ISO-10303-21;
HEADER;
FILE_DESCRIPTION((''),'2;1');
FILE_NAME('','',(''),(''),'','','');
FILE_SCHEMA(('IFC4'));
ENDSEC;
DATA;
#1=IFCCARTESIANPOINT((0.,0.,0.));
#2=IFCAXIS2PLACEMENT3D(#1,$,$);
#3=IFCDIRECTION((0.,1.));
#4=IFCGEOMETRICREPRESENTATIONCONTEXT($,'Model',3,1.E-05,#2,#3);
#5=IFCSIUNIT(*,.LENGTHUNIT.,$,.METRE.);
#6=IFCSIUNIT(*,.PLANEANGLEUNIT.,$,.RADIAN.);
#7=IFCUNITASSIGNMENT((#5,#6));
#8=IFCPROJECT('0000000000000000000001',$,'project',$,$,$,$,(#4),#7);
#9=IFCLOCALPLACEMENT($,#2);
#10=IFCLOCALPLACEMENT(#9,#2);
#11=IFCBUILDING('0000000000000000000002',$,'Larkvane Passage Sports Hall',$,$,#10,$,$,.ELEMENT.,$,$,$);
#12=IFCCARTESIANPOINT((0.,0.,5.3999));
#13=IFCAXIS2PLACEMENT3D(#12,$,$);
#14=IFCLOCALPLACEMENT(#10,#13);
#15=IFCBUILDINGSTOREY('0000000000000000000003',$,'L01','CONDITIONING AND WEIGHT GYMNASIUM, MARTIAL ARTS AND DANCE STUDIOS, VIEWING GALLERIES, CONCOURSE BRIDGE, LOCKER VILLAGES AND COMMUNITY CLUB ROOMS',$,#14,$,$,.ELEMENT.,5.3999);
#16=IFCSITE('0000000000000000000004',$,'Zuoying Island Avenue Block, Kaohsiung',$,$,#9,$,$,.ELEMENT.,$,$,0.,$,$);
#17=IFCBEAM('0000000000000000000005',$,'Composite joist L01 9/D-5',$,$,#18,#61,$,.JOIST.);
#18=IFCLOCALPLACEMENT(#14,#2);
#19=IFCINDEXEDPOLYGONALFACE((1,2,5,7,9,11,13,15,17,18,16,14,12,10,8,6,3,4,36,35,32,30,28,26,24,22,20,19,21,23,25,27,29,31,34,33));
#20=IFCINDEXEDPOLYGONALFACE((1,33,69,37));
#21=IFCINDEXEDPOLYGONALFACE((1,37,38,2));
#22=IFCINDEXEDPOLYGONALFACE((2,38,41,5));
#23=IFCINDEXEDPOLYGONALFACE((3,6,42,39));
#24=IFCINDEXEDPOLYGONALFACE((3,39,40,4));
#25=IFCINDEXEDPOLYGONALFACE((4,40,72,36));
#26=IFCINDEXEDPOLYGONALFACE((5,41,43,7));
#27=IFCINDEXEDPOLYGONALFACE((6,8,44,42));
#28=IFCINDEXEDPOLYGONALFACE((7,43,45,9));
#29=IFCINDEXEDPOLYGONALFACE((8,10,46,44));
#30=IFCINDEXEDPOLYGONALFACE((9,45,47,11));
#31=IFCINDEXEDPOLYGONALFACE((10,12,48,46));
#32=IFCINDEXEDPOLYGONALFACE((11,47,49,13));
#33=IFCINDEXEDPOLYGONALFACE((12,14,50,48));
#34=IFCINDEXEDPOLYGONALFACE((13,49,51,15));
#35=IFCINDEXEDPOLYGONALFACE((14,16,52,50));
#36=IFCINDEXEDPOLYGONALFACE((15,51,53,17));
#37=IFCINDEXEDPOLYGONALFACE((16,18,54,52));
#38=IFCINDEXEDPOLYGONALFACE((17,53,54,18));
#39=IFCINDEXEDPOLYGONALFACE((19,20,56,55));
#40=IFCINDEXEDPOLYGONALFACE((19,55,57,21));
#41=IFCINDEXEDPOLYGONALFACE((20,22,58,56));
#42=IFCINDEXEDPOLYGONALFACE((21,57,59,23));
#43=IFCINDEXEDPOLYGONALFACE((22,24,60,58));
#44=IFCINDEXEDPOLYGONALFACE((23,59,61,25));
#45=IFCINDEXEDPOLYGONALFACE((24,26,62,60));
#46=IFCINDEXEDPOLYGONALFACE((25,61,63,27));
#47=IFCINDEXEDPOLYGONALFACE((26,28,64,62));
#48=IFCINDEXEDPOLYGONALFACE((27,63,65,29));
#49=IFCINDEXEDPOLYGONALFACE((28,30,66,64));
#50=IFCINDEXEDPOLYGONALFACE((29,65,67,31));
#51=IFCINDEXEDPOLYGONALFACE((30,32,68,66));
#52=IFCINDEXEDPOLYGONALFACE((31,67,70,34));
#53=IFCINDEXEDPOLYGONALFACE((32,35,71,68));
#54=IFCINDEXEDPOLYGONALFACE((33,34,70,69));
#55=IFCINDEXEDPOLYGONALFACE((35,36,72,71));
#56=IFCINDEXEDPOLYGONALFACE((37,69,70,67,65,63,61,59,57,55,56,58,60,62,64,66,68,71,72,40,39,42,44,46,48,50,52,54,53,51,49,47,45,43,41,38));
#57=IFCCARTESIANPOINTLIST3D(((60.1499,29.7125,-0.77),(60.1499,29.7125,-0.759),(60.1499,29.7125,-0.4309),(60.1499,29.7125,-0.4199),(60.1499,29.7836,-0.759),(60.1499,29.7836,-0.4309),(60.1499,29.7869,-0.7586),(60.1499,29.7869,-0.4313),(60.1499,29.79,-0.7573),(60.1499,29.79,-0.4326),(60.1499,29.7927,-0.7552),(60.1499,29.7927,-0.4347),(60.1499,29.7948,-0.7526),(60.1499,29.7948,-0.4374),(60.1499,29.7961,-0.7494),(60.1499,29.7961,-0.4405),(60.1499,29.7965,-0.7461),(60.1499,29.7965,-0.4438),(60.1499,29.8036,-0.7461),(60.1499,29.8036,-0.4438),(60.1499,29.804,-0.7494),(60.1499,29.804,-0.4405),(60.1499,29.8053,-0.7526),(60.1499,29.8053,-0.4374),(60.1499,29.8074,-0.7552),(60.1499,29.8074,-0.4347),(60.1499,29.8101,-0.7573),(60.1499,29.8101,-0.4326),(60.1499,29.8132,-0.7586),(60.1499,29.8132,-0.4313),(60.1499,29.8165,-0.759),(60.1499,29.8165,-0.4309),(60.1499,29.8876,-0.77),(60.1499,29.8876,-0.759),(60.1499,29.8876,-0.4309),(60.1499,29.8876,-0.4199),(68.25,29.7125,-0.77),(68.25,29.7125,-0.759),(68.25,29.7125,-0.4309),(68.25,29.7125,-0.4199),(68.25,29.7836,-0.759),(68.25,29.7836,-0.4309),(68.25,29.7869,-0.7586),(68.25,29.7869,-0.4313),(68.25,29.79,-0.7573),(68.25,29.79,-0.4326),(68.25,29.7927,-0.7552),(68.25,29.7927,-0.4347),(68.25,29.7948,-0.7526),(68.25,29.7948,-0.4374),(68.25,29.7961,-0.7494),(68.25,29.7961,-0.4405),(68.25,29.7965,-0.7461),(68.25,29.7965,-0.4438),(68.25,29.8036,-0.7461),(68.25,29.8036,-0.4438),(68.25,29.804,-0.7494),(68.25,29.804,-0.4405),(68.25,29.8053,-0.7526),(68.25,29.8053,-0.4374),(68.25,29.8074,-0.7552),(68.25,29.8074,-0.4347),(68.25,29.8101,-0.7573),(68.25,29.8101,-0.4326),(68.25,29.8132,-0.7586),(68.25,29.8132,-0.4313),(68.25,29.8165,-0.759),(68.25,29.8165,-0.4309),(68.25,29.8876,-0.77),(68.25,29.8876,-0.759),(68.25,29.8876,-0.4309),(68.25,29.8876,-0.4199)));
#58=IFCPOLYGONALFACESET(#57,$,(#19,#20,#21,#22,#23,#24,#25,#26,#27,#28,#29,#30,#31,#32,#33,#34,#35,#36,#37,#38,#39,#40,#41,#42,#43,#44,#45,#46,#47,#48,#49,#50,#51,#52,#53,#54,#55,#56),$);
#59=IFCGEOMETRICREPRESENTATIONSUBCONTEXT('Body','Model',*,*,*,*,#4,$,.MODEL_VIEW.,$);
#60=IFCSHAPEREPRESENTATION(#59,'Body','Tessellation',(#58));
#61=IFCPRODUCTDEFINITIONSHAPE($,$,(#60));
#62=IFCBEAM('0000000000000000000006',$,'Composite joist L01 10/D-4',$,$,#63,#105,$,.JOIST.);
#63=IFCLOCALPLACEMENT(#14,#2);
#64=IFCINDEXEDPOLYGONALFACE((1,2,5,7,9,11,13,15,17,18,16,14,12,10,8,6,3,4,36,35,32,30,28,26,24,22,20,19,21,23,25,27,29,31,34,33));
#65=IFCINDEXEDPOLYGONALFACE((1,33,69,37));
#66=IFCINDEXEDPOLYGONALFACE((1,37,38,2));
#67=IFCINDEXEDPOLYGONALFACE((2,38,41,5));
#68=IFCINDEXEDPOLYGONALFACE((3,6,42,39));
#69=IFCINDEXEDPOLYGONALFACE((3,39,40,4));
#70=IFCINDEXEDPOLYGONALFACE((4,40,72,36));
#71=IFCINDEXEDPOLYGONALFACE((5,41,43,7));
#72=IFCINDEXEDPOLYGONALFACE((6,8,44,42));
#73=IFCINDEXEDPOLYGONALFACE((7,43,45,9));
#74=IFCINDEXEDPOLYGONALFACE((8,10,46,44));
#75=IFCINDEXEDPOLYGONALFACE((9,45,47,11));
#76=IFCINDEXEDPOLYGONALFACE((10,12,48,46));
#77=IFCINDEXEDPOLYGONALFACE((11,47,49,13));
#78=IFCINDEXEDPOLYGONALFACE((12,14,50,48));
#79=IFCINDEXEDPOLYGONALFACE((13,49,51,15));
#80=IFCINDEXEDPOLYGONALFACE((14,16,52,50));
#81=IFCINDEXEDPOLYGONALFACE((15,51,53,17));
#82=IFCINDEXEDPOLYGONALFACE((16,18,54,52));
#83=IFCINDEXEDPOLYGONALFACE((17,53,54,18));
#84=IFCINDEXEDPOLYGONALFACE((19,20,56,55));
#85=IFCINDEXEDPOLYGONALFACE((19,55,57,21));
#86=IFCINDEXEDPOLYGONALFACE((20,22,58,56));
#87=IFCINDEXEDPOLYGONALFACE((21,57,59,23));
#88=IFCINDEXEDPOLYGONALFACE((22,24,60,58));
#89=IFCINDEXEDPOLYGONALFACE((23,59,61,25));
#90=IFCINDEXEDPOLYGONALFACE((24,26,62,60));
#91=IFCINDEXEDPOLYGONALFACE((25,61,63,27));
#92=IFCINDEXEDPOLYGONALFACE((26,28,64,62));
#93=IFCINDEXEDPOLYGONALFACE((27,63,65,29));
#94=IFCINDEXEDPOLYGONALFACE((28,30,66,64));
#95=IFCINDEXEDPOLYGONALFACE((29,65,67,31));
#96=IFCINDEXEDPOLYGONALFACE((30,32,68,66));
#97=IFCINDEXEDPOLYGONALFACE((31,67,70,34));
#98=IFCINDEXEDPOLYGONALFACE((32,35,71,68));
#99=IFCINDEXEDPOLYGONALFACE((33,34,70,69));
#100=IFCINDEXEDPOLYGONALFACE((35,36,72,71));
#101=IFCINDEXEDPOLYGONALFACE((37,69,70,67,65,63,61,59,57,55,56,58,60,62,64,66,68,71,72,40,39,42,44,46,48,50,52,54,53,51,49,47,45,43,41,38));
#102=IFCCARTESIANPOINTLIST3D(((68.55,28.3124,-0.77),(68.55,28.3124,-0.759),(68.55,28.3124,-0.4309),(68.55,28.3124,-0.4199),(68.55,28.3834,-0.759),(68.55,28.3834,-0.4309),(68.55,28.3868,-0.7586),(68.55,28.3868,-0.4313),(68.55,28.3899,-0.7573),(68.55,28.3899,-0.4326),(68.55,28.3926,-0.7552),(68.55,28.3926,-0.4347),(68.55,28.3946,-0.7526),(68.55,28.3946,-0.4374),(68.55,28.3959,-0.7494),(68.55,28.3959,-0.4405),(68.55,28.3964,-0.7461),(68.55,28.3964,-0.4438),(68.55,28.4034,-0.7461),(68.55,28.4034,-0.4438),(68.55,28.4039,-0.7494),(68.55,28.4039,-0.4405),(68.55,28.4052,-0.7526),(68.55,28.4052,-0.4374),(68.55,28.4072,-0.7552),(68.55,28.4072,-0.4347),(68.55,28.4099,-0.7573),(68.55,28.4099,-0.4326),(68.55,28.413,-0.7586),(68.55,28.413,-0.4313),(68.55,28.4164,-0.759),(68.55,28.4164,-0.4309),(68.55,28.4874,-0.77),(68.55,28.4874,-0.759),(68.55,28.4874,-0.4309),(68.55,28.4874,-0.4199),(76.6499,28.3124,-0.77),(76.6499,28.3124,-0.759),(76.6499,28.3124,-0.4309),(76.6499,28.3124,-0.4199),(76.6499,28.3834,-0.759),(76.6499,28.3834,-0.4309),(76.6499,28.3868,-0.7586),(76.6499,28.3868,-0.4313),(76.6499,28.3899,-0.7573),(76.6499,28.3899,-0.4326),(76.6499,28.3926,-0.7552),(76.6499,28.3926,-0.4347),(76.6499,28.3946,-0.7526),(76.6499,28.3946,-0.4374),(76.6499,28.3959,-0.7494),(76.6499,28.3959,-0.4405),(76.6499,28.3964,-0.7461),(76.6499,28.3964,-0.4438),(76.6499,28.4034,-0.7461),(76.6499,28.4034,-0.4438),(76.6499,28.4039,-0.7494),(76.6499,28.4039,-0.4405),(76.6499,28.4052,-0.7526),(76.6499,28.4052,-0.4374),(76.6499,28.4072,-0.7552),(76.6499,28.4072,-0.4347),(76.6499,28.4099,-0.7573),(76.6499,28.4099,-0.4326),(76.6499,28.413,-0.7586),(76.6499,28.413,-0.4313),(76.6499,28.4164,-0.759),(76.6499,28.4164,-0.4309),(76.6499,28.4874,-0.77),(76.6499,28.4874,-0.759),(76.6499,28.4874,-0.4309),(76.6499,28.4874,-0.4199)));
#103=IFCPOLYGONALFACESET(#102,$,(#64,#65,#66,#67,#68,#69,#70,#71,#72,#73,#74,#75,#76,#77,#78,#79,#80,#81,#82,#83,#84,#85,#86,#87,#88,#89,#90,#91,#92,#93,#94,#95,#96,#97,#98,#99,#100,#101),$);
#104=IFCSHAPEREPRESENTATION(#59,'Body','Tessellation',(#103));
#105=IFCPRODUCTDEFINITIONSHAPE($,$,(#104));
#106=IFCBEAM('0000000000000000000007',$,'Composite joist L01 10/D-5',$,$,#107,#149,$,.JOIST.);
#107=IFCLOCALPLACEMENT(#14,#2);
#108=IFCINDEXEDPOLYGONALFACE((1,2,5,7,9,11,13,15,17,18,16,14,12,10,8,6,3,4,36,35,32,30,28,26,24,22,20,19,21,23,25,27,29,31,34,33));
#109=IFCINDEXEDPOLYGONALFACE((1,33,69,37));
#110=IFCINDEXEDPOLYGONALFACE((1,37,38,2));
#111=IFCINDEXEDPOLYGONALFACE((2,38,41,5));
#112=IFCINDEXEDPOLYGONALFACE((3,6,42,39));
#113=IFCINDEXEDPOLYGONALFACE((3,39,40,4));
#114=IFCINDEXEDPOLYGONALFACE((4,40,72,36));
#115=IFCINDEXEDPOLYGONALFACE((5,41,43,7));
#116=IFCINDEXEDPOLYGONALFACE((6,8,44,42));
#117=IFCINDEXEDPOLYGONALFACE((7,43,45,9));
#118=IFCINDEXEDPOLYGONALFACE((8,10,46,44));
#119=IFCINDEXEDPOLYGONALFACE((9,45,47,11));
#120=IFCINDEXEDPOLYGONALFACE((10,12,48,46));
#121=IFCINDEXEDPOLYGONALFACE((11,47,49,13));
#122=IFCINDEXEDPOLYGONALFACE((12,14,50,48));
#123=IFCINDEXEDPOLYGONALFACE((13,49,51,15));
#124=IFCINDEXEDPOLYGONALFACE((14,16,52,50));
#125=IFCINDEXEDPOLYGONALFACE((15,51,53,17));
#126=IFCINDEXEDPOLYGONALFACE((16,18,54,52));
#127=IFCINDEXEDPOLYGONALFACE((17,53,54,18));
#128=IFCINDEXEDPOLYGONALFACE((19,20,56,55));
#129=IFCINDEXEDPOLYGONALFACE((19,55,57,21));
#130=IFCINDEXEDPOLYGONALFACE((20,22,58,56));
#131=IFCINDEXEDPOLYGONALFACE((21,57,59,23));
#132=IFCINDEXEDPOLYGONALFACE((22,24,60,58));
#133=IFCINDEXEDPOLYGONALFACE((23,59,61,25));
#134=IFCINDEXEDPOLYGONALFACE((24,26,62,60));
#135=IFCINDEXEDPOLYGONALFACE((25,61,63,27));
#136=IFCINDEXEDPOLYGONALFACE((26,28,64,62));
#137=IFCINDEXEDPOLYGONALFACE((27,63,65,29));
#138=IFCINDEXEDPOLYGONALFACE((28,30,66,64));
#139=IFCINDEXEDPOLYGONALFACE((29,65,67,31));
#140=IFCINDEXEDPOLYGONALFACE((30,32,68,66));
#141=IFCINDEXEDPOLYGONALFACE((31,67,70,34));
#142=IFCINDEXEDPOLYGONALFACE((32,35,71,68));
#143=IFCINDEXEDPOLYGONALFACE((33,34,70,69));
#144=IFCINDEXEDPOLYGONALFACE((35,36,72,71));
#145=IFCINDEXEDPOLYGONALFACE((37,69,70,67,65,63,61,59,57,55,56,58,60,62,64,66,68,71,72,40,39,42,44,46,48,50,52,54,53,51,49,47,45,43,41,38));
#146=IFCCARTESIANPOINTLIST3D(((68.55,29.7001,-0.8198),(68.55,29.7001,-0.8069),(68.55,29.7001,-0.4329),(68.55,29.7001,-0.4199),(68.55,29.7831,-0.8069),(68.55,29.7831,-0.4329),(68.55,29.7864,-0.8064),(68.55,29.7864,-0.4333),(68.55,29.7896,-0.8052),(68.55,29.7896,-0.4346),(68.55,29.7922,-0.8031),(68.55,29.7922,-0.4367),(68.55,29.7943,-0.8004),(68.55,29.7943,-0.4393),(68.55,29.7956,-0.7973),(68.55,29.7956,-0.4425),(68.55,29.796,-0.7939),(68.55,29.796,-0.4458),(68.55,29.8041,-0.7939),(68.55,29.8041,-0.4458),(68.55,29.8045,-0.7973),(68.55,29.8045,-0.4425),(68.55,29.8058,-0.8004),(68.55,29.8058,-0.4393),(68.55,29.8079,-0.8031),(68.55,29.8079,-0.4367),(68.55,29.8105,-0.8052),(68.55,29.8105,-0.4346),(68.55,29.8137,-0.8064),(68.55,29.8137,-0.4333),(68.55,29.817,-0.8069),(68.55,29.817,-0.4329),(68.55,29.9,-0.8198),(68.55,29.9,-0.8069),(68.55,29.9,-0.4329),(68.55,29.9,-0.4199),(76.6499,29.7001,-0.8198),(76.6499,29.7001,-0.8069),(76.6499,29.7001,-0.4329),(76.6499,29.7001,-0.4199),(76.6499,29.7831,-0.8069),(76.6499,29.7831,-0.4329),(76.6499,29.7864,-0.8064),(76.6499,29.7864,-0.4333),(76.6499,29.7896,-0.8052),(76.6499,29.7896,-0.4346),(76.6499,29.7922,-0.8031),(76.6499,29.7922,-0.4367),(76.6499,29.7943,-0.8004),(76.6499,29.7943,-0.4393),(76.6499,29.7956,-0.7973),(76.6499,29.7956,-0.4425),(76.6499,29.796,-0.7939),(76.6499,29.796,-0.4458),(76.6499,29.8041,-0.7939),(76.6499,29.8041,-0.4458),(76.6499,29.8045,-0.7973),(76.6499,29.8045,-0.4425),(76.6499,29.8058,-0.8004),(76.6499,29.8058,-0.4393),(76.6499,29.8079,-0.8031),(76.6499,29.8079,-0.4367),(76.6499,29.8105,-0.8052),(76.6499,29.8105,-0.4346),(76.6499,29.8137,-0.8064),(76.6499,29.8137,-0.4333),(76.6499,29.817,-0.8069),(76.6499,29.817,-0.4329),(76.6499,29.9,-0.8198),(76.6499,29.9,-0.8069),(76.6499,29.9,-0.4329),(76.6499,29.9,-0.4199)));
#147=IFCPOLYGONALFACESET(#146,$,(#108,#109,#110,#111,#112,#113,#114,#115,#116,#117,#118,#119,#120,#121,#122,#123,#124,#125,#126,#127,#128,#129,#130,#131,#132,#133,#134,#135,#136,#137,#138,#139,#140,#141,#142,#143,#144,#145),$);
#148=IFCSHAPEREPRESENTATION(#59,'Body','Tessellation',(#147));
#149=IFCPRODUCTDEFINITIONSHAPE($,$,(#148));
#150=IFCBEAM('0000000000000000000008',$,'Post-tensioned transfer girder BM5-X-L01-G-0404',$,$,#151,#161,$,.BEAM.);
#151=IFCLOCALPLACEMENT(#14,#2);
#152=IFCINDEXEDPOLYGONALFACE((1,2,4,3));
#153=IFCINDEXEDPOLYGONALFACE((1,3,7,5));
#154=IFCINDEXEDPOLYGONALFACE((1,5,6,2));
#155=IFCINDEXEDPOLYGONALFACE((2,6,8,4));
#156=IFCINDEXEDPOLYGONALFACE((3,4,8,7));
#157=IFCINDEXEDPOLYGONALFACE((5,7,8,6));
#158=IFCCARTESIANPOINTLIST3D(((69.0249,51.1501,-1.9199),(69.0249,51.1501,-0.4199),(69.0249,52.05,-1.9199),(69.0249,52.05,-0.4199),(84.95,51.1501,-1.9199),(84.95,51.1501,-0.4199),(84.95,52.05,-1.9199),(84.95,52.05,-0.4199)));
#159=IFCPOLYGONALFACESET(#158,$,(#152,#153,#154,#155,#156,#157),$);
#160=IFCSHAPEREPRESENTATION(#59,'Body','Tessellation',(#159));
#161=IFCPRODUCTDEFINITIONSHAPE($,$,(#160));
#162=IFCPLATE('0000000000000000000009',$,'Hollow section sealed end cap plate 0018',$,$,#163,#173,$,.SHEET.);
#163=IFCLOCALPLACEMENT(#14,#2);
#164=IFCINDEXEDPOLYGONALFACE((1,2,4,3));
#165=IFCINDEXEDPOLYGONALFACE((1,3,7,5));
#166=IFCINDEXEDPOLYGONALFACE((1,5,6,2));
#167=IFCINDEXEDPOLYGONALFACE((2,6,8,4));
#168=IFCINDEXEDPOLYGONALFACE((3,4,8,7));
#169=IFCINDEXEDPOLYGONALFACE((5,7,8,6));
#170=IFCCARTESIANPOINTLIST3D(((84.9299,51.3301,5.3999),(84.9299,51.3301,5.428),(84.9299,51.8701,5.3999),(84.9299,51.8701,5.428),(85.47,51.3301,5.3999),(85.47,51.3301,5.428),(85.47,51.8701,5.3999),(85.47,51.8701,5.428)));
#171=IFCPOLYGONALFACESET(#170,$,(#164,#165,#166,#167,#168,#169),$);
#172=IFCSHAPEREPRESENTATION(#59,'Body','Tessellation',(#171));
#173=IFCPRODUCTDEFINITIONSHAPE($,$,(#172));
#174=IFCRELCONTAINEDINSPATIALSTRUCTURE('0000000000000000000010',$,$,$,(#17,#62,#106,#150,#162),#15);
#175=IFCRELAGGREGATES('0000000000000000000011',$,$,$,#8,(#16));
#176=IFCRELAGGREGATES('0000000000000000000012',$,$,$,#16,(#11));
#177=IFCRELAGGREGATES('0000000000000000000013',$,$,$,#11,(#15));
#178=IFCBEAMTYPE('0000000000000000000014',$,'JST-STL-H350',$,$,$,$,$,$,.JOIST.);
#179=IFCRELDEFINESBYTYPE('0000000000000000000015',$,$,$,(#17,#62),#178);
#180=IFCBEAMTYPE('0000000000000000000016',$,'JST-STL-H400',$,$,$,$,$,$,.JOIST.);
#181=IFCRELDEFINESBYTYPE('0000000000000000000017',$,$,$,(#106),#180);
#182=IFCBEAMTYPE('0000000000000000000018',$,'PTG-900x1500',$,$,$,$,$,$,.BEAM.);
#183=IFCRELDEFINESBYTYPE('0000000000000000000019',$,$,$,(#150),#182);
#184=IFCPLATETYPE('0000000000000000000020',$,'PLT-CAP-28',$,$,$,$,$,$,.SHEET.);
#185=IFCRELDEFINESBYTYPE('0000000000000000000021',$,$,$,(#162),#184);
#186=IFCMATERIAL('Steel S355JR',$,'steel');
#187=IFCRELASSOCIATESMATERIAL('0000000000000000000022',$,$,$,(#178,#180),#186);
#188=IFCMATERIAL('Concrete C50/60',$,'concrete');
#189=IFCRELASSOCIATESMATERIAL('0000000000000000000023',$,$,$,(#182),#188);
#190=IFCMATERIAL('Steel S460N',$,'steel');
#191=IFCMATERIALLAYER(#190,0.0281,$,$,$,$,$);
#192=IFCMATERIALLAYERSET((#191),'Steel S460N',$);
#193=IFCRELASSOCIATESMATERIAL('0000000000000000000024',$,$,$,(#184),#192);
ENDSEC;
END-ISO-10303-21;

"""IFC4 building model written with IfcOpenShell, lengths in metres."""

from ifc_helpers import new_model, si_unit, direction, frame, origin, origin_2d, place, context, subcontext, project, spatial, rectangle, i_section, extrude, material, layer, layer_set, material_profile, profile_set, type_object, element, save


model = new_model("IFC4")

# Units and contexts
model_context = context("Model", 3, precision=1e-05, world=origin(), true_north=direction((0.0, 1.0)))
body_context = subcontext(model_context, "Body", "Model", "MODEL_VIEW")
ifc_project = project(units=[si_unit("LENGTHUNIT", "METRE"), si_unit("PLANEANGLEUNIT", "RADIAN")], contexts=[model_context])

# Site, building, storey
site_placement = place(None, origin())
site = spatial("IfcSite", under=ifc_project, at=site_placement, Name="Zuoying Island Avenue Block, Kaohsiung", CompositionType="ELEMENT", RefElevation=0.0)
building_placement = place(site_placement, origin())
building = spatial("IfcBuilding", under=site, at=building_placement, Name="Larkvane Passage Sports Hall", CompositionType="ELEMENT")
storey_placement = place(building_placement, frame((0.0, 0.0, 5.3999)))
storey = spatial("IfcBuildingStorey", under=building, at=storey_placement, Name="L01", Description="CONDITIONING AND WEIGHT GYMNASIUM, MARTIAL ARTS AND DANCE STUDIOS, VIEWING GALLERIES, CONCOURSE BRIDGE, LOCKER VILLAGES AND COMMUNITY CLUB ROOMS", CompositionType="ELEMENT", Elevation=5.3999)

# Shared definitions
ifc_material_1 = material(Name="Concrete C50/60", Category="concrete")
ifc_material_2 = material(Name="Steel S355JR", Category="steel")
ifc_material_3 = material(Name="Steel S460N", Category="steel")

# Beams
ifc_material_profile_1 = material_profile(ifc_material_2, i_section(OverallWidth=0.175, OverallDepth=0.3501, WebThickness=0.0071, FlangeThickness=0.011, FilletRadius=0.0129, at=origin_2d()), Name="H-350x175x7x11")
ifc_profile_set_1 = profile_set([ifc_material_profile_1], Name="Steel S355JR")
beam_type_1 = type_object("IfcBeamType", Name="JST-STL-H350", PredefinedType="JOIST", material=ifc_profile_set_1)
beam_1_placement = place(storey_placement, frame((60.1499, 29.8, -0.595), z_axis=(1.0, 0.0, 0.0), x_axis=(0.0, 1.0, 0.0)))
element("IfcBeam", 1, at=beam_1_placement, inside=storey, type_object=beam_type_1, Name="Composite joist L01 9/D-5", PredefinedType="JOIST", context=body_context, shape_type="SweptSolid", body=[
    extrude(i_section(OverallWidth=0.175, OverallDepth=0.3501, WebThickness=0.0071, FlangeThickness=0.011, FilletRadius=0.0129, at=origin_2d()), origin(), (0.0, 0.0, 1.0), 8.1001),
])
beam_2_placement = place(storey_placement, frame((68.55, 28.3999, -0.595), z_axis=(1.0, 0.0, 0.0), x_axis=(0.0, 1.0, 0.0)))
element("IfcBeam", 2, at=beam_2_placement, inside=storey, type_object=beam_type_1, Name="Composite joist L01 10/D-4", PredefinedType="JOIST", context=body_context, shape_type="SweptSolid", body=[
    extrude(i_section(OverallWidth=0.175, OverallDepth=0.3501, WebThickness=0.0071, FlangeThickness=0.011, FilletRadius=0.0129, at=origin_2d()), origin(), (0.0, 0.0, 1.0), 8.0999),
])
ifc_material_profile_2 = material_profile(ifc_material_2, i_section(OverallWidth=0.2, OverallDepth=0.3999, WebThickness=0.0081, FlangeThickness=0.0129, FilletRadius=0.0129, at=origin_2d()), Name="H-400x200x8x13")
ifc_profile_set_2 = profile_set([ifc_material_profile_2], Name="Steel S355JR")
beam_type_2 = type_object("IfcBeamType", Name="JST-STL-H400", PredefinedType="JOIST", material=ifc_profile_set_2)
beam_3_placement = place(storey_placement, frame((68.55, 29.8, -0.6199), z_axis=(1.0, 0.0, 0.0), x_axis=(0.0, 1.0, 0.0)))
element("IfcBeam", 3, at=beam_3_placement, inside=storey, type_object=beam_type_2, Name="Composite joist L01 10/D-5", PredefinedType="JOIST", context=body_context, shape_type="SweptSolid", body=[
    extrude(i_section(OverallWidth=0.2, OverallDepth=0.3999, WebThickness=0.0081, FlangeThickness=0.0129, FilletRadius=0.0129, at=origin_2d()), origin(), (0.0, 0.0, 1.0), 8.0999),
])
ifc_material_profile_3 = material_profile(ifc_material_1, rectangle(XDim=0.8999, YDim=1.5, at=origin_2d()), Name="PT-GIR-900x1500")
ifc_profile_set_3 = profile_set([ifc_material_profile_3], Name="Concrete C50/60")
beam_type_3 = type_object("IfcBeamType", Name="PTG-900x1500", PredefinedType="BEAM", material=ifc_profile_set_3)
beam_4_placement = place(storey_placement, frame((69.0249, 51.6001, -1.1699), z_axis=(1.0, 0.0, 0.0), x_axis=(0.0, 1.0, 0.0)))
element("IfcBeam", 4, at=beam_4_placement, inside=storey, type_object=beam_type_3, Name="Post-tensioned transfer girder BM5-X-L01-G-0404", PredefinedType="BEAM", context=body_context, shape_type="SweptSolid", body=[
    extrude(rectangle(XDim=0.8999, YDim=1.5, at=origin_2d()), origin(), (0.0, 0.0, 1.0), 15.925),
])

# Plate
ifc_layer_1 = layer(ifc_material_3, 0.0281)
ifc_layer_set_1 = layer_set([ifc_layer_1], Name="Steel S460N")
plate_type = type_object("IfcPlateType", Name="PLT-CAP-28", PredefinedType="SHEET", material=ifc_layer_set_1)
plate_placement = place(storey_placement, frame((85.2, 51.6001, 5.3999), z_axis=(0.0, 0.0, 1.0), x_axis=(1.0, 0.0, 0.0)))
element("IfcPlate", 5, at=plate_placement, inside=storey, type_object=plate_type, Name="Hollow section sealed end cap plate 0018", PredefinedType="SHEET", context=body_context, shape_type="SweptSolid", body=[
    extrude(rectangle(XDim=0.54, YDim=0.54, at=origin_2d()), origin(), (0.0, 0.0, 1.0), 0.0281),
])

save(model, "model.ifc")
